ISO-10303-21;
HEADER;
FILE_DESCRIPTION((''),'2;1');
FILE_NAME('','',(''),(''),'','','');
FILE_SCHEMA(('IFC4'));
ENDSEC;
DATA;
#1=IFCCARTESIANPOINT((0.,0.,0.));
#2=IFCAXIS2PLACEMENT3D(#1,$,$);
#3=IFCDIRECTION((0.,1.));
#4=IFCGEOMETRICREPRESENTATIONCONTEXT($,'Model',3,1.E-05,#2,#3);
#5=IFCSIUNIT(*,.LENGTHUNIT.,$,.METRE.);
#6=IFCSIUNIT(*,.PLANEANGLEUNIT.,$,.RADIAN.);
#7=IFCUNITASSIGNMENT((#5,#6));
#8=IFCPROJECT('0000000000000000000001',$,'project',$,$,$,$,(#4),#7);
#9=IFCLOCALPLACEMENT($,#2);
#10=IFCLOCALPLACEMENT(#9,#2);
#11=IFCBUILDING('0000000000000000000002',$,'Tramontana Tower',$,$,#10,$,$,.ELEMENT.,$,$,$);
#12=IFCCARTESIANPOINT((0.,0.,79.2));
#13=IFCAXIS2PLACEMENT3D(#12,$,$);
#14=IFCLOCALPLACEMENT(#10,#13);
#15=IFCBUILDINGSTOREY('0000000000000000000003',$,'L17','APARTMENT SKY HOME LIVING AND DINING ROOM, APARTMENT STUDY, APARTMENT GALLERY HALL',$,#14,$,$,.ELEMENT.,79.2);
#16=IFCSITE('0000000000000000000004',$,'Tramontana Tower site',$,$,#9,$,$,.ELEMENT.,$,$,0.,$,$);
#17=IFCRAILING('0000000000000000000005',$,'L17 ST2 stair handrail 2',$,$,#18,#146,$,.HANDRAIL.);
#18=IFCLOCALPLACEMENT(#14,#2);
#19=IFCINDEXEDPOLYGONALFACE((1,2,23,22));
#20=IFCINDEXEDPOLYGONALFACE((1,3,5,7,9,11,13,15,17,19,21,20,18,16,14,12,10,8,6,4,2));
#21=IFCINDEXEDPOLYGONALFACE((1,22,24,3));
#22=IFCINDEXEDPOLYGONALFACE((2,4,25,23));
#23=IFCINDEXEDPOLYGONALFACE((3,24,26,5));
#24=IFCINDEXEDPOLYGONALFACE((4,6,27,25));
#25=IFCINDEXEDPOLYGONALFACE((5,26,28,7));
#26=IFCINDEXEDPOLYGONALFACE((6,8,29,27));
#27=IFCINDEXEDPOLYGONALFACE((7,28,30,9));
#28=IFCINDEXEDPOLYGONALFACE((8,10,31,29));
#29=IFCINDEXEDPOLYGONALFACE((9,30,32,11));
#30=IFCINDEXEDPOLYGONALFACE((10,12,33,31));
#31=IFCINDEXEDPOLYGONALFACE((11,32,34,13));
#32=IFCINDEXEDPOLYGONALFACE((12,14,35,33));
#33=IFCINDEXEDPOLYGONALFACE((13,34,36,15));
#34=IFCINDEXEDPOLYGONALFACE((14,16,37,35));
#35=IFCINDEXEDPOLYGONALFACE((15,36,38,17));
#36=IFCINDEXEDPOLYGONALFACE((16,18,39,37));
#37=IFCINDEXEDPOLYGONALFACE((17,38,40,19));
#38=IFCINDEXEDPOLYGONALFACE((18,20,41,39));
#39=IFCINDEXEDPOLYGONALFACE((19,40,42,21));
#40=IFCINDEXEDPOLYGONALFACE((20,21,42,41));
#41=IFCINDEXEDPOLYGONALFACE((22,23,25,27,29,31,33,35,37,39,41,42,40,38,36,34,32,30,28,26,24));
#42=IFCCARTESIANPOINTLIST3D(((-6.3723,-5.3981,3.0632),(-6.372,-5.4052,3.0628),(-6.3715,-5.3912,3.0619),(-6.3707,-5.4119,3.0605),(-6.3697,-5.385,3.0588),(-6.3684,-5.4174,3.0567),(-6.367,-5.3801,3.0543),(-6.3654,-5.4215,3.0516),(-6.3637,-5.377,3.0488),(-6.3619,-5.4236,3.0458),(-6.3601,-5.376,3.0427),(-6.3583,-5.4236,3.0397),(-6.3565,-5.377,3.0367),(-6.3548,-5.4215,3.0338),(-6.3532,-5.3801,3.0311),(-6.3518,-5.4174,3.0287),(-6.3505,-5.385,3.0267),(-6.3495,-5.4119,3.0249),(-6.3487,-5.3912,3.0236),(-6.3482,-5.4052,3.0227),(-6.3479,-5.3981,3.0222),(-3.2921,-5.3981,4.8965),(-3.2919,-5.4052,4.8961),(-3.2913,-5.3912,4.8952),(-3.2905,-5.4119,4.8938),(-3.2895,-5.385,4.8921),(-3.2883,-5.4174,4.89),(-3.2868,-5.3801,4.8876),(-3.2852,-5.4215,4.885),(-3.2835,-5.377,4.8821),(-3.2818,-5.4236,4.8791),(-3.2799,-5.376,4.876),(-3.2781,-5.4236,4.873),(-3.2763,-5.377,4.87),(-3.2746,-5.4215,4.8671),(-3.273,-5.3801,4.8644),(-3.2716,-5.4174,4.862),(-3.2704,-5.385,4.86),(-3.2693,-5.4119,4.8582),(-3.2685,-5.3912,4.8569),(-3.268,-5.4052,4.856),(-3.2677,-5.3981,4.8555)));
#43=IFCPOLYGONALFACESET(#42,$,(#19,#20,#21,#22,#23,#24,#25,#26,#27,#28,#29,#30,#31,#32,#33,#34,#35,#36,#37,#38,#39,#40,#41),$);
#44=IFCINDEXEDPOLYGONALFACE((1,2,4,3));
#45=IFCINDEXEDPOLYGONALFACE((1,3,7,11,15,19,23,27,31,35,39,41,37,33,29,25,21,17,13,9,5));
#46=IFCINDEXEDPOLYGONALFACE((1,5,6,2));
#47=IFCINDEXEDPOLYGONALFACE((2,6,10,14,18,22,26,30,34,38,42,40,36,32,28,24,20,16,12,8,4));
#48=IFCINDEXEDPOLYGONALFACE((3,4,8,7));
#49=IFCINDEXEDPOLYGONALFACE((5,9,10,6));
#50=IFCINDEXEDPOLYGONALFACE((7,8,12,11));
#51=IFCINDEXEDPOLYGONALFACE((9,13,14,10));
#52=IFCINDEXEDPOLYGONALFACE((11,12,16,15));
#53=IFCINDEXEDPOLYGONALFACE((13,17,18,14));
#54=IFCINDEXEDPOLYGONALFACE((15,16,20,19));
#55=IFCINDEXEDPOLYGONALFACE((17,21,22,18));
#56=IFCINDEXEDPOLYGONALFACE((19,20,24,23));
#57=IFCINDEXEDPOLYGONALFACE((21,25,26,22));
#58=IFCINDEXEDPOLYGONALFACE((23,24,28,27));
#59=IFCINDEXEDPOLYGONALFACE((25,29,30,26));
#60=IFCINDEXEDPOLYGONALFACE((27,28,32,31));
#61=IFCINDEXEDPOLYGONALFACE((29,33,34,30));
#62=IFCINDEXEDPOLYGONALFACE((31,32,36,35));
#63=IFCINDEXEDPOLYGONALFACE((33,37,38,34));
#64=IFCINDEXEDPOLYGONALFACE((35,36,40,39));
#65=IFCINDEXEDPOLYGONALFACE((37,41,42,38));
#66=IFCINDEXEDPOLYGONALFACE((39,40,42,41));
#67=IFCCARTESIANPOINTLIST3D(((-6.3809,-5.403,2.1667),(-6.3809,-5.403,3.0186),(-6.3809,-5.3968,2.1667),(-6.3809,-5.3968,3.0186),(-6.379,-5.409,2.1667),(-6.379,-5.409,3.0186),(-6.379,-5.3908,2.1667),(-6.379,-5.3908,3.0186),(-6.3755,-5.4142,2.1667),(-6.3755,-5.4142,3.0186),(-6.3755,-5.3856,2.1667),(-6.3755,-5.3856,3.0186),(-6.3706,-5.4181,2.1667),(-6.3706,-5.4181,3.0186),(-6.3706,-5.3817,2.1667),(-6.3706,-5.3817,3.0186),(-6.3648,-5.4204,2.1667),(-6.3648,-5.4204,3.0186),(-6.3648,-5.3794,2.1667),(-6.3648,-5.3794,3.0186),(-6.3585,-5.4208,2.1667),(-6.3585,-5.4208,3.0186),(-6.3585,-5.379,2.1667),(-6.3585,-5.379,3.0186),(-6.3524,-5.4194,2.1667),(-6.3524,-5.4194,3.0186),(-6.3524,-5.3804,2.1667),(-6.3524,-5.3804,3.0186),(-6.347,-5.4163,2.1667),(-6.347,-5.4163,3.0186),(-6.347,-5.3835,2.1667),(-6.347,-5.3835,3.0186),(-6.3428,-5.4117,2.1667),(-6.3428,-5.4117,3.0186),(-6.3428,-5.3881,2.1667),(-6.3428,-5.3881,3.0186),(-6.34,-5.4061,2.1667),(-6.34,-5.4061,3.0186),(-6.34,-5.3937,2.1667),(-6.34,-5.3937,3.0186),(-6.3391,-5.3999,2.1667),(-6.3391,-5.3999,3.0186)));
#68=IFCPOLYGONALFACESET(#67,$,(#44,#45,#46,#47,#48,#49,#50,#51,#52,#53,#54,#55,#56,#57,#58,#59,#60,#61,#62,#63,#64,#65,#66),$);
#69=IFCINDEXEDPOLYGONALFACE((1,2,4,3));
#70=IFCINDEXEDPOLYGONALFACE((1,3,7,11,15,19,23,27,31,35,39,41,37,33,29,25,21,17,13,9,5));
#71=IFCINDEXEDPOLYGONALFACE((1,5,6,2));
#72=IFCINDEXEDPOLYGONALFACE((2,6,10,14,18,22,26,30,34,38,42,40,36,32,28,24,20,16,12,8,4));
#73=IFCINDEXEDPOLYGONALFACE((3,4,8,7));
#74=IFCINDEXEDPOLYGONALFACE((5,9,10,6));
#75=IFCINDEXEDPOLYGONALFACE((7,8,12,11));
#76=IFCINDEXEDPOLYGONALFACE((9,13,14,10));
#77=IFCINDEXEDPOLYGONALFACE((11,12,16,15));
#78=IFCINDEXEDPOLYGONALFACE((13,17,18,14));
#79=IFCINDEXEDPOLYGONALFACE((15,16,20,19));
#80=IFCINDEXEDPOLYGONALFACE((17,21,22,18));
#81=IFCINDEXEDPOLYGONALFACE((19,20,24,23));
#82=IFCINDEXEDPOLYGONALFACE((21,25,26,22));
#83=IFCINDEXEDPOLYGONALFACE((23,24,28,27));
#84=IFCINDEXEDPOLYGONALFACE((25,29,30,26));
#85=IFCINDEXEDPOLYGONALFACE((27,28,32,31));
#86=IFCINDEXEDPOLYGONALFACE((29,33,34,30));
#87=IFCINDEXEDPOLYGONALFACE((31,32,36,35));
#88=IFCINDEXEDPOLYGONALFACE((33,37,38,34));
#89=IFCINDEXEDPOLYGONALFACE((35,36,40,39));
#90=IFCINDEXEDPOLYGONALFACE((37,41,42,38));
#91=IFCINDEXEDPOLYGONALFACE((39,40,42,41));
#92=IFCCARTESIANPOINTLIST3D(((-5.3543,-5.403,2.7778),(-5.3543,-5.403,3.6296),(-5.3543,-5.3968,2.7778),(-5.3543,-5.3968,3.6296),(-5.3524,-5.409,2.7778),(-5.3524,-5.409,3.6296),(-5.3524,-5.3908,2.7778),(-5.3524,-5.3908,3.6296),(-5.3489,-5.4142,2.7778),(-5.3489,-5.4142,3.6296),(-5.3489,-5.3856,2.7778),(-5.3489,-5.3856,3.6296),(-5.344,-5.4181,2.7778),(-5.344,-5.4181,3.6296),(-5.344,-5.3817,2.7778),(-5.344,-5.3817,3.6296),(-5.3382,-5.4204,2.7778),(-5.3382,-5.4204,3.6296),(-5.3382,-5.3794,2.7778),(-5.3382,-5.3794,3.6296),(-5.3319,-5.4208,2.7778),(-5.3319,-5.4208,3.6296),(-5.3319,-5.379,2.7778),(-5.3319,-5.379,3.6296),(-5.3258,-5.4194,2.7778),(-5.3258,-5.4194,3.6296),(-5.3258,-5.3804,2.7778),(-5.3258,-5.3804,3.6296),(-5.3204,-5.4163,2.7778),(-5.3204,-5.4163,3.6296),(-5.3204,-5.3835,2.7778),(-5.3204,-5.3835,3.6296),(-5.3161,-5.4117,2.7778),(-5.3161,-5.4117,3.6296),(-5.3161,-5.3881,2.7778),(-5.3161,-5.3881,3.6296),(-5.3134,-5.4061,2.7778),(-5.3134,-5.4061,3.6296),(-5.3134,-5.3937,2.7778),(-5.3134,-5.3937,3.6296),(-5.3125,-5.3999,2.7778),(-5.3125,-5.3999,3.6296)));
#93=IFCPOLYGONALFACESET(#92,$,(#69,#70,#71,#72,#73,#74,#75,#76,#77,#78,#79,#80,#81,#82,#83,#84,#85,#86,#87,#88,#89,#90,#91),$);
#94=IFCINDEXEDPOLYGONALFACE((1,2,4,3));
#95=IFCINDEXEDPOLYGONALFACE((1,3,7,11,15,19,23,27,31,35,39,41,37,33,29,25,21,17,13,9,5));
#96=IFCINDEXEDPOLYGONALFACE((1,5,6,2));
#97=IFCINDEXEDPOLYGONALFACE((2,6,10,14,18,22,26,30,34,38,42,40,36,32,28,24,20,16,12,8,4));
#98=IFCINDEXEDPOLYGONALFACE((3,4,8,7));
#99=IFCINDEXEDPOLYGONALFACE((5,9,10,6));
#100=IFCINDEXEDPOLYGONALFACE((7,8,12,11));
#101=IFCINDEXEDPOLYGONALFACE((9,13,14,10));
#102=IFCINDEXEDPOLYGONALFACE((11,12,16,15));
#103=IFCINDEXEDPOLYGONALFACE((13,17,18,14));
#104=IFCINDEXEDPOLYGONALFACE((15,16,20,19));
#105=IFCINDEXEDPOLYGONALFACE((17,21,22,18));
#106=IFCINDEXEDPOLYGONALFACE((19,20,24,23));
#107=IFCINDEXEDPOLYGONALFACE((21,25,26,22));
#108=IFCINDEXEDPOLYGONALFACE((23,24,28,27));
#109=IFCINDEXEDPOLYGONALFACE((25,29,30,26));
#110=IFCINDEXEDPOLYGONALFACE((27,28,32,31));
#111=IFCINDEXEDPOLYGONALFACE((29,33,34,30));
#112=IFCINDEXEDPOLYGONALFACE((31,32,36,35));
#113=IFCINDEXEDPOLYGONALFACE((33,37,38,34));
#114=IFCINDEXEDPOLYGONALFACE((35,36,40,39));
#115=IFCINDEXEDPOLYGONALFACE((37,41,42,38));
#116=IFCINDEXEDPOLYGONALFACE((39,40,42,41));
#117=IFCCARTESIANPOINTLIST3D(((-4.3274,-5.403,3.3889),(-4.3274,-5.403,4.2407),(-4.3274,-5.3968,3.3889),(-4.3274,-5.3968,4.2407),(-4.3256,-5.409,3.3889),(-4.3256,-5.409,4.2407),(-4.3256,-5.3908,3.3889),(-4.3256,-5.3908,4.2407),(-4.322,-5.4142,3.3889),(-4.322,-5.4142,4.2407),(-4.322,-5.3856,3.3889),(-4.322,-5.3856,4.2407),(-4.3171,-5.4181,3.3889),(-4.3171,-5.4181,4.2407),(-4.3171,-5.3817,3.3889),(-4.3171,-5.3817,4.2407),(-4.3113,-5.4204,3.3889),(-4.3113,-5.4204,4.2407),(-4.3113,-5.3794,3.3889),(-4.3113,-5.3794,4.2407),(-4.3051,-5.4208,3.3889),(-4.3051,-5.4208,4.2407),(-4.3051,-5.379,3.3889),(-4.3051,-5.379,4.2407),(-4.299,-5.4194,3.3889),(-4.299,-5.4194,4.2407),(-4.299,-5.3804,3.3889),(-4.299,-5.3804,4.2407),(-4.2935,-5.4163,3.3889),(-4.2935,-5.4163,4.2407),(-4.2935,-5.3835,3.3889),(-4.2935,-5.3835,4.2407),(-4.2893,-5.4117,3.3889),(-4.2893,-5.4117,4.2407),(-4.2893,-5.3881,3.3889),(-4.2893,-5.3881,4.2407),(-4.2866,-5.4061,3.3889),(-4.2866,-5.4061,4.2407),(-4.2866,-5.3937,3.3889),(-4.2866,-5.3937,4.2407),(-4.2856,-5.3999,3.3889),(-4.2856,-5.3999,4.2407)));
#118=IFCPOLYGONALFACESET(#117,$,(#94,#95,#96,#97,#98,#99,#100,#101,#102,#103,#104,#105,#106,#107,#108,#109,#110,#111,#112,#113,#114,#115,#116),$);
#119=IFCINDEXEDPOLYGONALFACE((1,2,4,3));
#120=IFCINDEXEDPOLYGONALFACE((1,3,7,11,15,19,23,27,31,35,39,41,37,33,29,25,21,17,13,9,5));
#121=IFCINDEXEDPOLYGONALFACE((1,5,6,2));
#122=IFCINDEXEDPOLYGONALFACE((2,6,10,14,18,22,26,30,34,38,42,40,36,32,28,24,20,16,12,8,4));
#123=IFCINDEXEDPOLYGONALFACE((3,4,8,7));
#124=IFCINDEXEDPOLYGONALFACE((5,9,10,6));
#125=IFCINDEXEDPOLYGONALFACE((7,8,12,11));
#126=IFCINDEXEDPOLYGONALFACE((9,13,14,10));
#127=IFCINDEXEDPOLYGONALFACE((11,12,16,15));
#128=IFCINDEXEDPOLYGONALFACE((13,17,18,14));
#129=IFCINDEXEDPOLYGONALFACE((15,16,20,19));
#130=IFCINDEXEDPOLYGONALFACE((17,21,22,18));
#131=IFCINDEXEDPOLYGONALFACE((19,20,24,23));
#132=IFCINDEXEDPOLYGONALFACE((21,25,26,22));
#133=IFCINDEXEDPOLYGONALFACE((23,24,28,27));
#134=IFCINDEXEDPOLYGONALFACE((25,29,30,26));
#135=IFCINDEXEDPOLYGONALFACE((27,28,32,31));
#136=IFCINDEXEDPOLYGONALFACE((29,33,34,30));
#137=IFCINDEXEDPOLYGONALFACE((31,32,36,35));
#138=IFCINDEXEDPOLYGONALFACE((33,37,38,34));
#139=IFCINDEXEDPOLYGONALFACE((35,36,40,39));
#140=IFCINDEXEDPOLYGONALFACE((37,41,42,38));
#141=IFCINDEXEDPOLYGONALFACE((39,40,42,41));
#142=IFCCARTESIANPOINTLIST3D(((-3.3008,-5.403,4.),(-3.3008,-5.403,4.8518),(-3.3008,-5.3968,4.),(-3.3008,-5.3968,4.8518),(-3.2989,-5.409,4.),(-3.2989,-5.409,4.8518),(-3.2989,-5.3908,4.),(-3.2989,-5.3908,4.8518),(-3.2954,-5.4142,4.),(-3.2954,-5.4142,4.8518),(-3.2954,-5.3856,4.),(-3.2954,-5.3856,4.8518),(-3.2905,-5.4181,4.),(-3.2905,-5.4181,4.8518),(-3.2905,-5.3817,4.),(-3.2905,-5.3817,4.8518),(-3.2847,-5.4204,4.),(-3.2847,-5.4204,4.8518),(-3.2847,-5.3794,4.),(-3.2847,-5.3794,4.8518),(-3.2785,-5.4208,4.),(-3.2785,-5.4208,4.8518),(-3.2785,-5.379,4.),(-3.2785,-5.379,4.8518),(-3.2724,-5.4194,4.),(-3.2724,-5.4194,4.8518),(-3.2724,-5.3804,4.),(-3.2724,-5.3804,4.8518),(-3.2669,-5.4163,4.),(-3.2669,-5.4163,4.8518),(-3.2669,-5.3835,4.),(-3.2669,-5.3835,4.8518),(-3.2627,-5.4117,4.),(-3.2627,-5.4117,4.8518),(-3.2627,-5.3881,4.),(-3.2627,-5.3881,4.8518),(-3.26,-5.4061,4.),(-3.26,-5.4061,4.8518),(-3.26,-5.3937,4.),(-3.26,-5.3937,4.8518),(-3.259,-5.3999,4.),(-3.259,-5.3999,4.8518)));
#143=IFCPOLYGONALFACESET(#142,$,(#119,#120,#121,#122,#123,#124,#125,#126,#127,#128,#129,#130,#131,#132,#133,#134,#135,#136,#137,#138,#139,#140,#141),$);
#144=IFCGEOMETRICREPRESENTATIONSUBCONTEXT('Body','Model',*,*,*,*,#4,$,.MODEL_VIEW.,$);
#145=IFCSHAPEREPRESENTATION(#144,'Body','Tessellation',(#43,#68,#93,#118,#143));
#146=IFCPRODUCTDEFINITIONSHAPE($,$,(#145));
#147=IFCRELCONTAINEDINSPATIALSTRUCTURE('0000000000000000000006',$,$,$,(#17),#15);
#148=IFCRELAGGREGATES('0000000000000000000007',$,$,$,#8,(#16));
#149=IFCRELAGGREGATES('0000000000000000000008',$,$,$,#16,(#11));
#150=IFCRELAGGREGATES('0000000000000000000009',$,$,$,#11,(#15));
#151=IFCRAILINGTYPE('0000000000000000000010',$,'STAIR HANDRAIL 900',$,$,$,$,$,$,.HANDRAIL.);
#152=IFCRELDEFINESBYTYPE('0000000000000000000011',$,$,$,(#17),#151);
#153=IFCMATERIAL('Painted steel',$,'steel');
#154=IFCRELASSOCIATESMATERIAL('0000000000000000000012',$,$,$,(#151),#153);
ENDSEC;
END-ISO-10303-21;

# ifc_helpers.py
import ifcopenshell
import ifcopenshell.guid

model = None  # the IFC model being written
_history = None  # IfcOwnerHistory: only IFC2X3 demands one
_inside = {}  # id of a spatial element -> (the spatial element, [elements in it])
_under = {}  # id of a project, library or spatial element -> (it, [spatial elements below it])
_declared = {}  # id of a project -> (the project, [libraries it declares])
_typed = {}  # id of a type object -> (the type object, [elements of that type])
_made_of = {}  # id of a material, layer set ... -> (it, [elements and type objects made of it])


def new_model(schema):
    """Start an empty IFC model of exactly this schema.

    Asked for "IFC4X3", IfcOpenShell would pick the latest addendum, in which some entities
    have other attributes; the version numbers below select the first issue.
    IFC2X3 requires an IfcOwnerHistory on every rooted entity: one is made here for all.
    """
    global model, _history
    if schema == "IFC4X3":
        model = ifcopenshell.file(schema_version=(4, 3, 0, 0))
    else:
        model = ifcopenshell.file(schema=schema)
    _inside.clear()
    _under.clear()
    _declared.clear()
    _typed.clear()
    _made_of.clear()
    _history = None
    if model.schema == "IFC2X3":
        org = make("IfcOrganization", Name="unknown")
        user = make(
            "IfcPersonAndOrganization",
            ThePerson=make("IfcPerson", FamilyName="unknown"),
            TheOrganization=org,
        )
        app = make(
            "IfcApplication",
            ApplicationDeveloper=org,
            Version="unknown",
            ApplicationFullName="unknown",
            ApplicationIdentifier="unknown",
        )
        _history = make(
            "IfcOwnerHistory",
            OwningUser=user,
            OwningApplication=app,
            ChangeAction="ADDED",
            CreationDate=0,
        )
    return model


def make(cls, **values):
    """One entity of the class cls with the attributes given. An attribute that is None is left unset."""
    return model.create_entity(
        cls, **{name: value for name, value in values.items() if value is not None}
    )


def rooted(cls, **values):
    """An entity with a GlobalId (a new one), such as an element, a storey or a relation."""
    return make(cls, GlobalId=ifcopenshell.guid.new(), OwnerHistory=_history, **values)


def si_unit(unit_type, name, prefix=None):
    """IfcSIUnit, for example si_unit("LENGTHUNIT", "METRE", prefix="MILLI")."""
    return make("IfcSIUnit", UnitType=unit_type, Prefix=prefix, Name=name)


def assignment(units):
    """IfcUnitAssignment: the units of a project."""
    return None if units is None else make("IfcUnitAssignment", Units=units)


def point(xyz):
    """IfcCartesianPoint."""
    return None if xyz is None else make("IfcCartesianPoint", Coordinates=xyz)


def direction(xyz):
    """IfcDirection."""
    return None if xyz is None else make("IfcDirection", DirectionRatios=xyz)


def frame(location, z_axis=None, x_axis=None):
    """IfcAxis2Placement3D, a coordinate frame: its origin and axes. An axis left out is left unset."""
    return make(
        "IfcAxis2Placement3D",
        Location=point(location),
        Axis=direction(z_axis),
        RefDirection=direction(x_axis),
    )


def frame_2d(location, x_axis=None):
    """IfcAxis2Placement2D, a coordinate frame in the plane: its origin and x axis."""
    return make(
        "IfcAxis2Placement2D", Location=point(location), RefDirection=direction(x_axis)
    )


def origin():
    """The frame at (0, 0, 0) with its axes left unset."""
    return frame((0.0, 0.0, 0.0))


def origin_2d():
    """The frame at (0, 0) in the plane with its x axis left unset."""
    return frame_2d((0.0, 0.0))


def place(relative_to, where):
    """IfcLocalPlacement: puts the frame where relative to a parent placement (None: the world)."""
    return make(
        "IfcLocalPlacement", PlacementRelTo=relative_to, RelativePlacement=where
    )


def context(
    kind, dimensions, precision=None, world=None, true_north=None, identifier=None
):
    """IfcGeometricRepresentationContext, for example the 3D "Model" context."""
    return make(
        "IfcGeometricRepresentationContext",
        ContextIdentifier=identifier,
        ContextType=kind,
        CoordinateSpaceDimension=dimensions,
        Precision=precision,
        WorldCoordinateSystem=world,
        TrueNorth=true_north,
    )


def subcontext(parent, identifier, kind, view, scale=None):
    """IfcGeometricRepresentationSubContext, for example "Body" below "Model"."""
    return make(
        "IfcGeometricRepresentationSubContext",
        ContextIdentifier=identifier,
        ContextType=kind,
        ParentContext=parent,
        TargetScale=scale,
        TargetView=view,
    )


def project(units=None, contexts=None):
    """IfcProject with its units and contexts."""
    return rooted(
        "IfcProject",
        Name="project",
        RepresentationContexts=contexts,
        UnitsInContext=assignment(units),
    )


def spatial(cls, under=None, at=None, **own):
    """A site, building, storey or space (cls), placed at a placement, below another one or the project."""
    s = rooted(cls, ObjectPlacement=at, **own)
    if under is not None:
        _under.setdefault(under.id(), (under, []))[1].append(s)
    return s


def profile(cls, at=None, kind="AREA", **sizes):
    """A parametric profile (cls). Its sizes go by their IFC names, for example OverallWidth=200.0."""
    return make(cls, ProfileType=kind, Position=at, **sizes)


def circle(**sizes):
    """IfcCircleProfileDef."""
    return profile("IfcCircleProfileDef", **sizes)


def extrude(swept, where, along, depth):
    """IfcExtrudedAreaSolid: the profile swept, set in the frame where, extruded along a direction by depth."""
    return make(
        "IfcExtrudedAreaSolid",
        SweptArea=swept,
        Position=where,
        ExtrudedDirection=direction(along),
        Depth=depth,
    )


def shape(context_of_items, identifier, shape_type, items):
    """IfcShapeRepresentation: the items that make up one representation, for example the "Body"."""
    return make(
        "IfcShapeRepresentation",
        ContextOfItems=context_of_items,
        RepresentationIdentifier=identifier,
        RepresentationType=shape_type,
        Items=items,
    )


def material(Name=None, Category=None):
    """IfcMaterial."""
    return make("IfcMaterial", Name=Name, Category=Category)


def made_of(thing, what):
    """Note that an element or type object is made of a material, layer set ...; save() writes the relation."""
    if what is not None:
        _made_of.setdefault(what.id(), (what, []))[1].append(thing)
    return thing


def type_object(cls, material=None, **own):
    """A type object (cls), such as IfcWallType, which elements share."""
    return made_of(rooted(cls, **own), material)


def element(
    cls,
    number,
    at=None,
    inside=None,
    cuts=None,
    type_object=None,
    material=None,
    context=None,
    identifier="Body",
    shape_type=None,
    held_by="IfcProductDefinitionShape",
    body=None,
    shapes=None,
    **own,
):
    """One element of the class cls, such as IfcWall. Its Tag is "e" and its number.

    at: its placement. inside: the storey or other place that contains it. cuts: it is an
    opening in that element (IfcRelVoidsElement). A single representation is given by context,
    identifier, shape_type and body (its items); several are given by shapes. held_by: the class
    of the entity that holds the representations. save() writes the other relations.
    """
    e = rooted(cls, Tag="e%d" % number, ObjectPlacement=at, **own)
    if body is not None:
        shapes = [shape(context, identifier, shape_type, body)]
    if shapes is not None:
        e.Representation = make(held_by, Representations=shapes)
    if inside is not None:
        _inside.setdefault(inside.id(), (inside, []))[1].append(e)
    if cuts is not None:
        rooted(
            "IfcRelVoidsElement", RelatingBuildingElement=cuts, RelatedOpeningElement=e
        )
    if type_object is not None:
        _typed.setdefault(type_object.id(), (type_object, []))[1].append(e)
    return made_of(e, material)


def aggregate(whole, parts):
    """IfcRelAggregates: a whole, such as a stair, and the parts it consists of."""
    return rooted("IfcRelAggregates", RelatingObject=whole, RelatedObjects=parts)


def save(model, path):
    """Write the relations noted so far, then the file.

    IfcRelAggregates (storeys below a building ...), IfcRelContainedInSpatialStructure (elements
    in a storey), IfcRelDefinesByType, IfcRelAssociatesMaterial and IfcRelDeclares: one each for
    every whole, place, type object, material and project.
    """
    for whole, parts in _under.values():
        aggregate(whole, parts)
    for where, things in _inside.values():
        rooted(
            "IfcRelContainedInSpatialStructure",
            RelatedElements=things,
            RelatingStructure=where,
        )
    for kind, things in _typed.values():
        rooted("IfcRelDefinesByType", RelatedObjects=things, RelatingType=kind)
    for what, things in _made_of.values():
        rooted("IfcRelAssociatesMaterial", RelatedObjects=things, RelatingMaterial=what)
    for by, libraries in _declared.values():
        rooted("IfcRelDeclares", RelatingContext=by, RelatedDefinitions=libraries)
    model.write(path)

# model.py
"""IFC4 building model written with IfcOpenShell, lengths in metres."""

from ifc_helpers import new_model, si_unit, direction, frame, origin, origin_2d, place, context, subcontext, project, spatial, circle, extrude, material, type_object, element, save


model = new_model("IFC4")

# Units and contexts
model_context = context("Model", 3, precision=1e-05, world=origin(), true_north=direction((0.0, 1.0)))
body_context = subcontext(model_context, "Body", "Model", "MODEL_VIEW")
ifc_project = project(units=[si_unit("LENGTHUNIT", "METRE"), si_unit("PLANEANGLEUNIT", "RADIAN")], contexts=[model_context])

# Site, building, storey
site_placement = place(None, origin())
site = spatial("IfcSite", under=ifc_project, at=site_placement, Name="Tramontana Tower site", CompositionType="ELEMENT", RefElevation=0.0)
building_placement = place(site_placement, origin())
building = spatial("IfcBuilding", under=site, at=building_placement, Name="Tramontana Tower", CompositionType="ELEMENT")
storey_placement = place(building_placement, frame((0.0, 0.0, 79.2)))
storey = spatial("IfcBuildingStorey", under=building, at=storey_placement, Name="L17", Description="APARTMENT SKY HOME LIVING AND DINING ROOM, APARTMENT STUDY, APARTMENT GALLERY HALL", CompositionType="ELEMENT", Elevation=79.2)

# Railing
ifc_material_1 = material(Name="Painted steel", Category="steel")
railing_type_1 = type_object("IfcRailingType", Name="STAIR HANDRAIL 900", PredefinedType="HANDRAIL", material=ifc_material_1)
railing_1_placement = place(storey_placement, frame((-6.3601, -5.3999, 2.1667)))
element("IfcRailing", 1, at=railing_1_placement, inside=storey, type_object=railing_type_1, Name="L17 ST2 stair handrail 2", PredefinedType="HANDRAIL", context=body_context, shape_type="SweptSolid", body=[
    extrude(circle(Radius=0.0239, at=origin_2d()), frame((0.0, 0.0, 0.876), z_axis=(0.859309, 0.0, 0.511458), x_axis=(0.0, 1.0, 0.0)), (0.0, 0.0, 1.0), 3.5845),
    extrude(circle(Radius=0.021, at=origin_2d()), origin(), (0.0, 0.0, 1.0), 0.8518),
    extrude(circle(Radius=0.021, at=origin_2d()), frame((1.0266, 0.0, 0.6111)), (0.0, 0.0, 1.0), 0.8518),
    extrude(circle(Radius=0.021, at=origin_2d()), frame((2.0535, 0.0, 1.2222)), (0.0, 0.0, 1.0), 0.8518),
    extrude(circle(Radius=0.021, at=origin_2d()), frame((3.0801, 0.0, 1.8333)), (0.0, 0.0, 1.0), 0.8518),
])

save(model, "model.ifc")
